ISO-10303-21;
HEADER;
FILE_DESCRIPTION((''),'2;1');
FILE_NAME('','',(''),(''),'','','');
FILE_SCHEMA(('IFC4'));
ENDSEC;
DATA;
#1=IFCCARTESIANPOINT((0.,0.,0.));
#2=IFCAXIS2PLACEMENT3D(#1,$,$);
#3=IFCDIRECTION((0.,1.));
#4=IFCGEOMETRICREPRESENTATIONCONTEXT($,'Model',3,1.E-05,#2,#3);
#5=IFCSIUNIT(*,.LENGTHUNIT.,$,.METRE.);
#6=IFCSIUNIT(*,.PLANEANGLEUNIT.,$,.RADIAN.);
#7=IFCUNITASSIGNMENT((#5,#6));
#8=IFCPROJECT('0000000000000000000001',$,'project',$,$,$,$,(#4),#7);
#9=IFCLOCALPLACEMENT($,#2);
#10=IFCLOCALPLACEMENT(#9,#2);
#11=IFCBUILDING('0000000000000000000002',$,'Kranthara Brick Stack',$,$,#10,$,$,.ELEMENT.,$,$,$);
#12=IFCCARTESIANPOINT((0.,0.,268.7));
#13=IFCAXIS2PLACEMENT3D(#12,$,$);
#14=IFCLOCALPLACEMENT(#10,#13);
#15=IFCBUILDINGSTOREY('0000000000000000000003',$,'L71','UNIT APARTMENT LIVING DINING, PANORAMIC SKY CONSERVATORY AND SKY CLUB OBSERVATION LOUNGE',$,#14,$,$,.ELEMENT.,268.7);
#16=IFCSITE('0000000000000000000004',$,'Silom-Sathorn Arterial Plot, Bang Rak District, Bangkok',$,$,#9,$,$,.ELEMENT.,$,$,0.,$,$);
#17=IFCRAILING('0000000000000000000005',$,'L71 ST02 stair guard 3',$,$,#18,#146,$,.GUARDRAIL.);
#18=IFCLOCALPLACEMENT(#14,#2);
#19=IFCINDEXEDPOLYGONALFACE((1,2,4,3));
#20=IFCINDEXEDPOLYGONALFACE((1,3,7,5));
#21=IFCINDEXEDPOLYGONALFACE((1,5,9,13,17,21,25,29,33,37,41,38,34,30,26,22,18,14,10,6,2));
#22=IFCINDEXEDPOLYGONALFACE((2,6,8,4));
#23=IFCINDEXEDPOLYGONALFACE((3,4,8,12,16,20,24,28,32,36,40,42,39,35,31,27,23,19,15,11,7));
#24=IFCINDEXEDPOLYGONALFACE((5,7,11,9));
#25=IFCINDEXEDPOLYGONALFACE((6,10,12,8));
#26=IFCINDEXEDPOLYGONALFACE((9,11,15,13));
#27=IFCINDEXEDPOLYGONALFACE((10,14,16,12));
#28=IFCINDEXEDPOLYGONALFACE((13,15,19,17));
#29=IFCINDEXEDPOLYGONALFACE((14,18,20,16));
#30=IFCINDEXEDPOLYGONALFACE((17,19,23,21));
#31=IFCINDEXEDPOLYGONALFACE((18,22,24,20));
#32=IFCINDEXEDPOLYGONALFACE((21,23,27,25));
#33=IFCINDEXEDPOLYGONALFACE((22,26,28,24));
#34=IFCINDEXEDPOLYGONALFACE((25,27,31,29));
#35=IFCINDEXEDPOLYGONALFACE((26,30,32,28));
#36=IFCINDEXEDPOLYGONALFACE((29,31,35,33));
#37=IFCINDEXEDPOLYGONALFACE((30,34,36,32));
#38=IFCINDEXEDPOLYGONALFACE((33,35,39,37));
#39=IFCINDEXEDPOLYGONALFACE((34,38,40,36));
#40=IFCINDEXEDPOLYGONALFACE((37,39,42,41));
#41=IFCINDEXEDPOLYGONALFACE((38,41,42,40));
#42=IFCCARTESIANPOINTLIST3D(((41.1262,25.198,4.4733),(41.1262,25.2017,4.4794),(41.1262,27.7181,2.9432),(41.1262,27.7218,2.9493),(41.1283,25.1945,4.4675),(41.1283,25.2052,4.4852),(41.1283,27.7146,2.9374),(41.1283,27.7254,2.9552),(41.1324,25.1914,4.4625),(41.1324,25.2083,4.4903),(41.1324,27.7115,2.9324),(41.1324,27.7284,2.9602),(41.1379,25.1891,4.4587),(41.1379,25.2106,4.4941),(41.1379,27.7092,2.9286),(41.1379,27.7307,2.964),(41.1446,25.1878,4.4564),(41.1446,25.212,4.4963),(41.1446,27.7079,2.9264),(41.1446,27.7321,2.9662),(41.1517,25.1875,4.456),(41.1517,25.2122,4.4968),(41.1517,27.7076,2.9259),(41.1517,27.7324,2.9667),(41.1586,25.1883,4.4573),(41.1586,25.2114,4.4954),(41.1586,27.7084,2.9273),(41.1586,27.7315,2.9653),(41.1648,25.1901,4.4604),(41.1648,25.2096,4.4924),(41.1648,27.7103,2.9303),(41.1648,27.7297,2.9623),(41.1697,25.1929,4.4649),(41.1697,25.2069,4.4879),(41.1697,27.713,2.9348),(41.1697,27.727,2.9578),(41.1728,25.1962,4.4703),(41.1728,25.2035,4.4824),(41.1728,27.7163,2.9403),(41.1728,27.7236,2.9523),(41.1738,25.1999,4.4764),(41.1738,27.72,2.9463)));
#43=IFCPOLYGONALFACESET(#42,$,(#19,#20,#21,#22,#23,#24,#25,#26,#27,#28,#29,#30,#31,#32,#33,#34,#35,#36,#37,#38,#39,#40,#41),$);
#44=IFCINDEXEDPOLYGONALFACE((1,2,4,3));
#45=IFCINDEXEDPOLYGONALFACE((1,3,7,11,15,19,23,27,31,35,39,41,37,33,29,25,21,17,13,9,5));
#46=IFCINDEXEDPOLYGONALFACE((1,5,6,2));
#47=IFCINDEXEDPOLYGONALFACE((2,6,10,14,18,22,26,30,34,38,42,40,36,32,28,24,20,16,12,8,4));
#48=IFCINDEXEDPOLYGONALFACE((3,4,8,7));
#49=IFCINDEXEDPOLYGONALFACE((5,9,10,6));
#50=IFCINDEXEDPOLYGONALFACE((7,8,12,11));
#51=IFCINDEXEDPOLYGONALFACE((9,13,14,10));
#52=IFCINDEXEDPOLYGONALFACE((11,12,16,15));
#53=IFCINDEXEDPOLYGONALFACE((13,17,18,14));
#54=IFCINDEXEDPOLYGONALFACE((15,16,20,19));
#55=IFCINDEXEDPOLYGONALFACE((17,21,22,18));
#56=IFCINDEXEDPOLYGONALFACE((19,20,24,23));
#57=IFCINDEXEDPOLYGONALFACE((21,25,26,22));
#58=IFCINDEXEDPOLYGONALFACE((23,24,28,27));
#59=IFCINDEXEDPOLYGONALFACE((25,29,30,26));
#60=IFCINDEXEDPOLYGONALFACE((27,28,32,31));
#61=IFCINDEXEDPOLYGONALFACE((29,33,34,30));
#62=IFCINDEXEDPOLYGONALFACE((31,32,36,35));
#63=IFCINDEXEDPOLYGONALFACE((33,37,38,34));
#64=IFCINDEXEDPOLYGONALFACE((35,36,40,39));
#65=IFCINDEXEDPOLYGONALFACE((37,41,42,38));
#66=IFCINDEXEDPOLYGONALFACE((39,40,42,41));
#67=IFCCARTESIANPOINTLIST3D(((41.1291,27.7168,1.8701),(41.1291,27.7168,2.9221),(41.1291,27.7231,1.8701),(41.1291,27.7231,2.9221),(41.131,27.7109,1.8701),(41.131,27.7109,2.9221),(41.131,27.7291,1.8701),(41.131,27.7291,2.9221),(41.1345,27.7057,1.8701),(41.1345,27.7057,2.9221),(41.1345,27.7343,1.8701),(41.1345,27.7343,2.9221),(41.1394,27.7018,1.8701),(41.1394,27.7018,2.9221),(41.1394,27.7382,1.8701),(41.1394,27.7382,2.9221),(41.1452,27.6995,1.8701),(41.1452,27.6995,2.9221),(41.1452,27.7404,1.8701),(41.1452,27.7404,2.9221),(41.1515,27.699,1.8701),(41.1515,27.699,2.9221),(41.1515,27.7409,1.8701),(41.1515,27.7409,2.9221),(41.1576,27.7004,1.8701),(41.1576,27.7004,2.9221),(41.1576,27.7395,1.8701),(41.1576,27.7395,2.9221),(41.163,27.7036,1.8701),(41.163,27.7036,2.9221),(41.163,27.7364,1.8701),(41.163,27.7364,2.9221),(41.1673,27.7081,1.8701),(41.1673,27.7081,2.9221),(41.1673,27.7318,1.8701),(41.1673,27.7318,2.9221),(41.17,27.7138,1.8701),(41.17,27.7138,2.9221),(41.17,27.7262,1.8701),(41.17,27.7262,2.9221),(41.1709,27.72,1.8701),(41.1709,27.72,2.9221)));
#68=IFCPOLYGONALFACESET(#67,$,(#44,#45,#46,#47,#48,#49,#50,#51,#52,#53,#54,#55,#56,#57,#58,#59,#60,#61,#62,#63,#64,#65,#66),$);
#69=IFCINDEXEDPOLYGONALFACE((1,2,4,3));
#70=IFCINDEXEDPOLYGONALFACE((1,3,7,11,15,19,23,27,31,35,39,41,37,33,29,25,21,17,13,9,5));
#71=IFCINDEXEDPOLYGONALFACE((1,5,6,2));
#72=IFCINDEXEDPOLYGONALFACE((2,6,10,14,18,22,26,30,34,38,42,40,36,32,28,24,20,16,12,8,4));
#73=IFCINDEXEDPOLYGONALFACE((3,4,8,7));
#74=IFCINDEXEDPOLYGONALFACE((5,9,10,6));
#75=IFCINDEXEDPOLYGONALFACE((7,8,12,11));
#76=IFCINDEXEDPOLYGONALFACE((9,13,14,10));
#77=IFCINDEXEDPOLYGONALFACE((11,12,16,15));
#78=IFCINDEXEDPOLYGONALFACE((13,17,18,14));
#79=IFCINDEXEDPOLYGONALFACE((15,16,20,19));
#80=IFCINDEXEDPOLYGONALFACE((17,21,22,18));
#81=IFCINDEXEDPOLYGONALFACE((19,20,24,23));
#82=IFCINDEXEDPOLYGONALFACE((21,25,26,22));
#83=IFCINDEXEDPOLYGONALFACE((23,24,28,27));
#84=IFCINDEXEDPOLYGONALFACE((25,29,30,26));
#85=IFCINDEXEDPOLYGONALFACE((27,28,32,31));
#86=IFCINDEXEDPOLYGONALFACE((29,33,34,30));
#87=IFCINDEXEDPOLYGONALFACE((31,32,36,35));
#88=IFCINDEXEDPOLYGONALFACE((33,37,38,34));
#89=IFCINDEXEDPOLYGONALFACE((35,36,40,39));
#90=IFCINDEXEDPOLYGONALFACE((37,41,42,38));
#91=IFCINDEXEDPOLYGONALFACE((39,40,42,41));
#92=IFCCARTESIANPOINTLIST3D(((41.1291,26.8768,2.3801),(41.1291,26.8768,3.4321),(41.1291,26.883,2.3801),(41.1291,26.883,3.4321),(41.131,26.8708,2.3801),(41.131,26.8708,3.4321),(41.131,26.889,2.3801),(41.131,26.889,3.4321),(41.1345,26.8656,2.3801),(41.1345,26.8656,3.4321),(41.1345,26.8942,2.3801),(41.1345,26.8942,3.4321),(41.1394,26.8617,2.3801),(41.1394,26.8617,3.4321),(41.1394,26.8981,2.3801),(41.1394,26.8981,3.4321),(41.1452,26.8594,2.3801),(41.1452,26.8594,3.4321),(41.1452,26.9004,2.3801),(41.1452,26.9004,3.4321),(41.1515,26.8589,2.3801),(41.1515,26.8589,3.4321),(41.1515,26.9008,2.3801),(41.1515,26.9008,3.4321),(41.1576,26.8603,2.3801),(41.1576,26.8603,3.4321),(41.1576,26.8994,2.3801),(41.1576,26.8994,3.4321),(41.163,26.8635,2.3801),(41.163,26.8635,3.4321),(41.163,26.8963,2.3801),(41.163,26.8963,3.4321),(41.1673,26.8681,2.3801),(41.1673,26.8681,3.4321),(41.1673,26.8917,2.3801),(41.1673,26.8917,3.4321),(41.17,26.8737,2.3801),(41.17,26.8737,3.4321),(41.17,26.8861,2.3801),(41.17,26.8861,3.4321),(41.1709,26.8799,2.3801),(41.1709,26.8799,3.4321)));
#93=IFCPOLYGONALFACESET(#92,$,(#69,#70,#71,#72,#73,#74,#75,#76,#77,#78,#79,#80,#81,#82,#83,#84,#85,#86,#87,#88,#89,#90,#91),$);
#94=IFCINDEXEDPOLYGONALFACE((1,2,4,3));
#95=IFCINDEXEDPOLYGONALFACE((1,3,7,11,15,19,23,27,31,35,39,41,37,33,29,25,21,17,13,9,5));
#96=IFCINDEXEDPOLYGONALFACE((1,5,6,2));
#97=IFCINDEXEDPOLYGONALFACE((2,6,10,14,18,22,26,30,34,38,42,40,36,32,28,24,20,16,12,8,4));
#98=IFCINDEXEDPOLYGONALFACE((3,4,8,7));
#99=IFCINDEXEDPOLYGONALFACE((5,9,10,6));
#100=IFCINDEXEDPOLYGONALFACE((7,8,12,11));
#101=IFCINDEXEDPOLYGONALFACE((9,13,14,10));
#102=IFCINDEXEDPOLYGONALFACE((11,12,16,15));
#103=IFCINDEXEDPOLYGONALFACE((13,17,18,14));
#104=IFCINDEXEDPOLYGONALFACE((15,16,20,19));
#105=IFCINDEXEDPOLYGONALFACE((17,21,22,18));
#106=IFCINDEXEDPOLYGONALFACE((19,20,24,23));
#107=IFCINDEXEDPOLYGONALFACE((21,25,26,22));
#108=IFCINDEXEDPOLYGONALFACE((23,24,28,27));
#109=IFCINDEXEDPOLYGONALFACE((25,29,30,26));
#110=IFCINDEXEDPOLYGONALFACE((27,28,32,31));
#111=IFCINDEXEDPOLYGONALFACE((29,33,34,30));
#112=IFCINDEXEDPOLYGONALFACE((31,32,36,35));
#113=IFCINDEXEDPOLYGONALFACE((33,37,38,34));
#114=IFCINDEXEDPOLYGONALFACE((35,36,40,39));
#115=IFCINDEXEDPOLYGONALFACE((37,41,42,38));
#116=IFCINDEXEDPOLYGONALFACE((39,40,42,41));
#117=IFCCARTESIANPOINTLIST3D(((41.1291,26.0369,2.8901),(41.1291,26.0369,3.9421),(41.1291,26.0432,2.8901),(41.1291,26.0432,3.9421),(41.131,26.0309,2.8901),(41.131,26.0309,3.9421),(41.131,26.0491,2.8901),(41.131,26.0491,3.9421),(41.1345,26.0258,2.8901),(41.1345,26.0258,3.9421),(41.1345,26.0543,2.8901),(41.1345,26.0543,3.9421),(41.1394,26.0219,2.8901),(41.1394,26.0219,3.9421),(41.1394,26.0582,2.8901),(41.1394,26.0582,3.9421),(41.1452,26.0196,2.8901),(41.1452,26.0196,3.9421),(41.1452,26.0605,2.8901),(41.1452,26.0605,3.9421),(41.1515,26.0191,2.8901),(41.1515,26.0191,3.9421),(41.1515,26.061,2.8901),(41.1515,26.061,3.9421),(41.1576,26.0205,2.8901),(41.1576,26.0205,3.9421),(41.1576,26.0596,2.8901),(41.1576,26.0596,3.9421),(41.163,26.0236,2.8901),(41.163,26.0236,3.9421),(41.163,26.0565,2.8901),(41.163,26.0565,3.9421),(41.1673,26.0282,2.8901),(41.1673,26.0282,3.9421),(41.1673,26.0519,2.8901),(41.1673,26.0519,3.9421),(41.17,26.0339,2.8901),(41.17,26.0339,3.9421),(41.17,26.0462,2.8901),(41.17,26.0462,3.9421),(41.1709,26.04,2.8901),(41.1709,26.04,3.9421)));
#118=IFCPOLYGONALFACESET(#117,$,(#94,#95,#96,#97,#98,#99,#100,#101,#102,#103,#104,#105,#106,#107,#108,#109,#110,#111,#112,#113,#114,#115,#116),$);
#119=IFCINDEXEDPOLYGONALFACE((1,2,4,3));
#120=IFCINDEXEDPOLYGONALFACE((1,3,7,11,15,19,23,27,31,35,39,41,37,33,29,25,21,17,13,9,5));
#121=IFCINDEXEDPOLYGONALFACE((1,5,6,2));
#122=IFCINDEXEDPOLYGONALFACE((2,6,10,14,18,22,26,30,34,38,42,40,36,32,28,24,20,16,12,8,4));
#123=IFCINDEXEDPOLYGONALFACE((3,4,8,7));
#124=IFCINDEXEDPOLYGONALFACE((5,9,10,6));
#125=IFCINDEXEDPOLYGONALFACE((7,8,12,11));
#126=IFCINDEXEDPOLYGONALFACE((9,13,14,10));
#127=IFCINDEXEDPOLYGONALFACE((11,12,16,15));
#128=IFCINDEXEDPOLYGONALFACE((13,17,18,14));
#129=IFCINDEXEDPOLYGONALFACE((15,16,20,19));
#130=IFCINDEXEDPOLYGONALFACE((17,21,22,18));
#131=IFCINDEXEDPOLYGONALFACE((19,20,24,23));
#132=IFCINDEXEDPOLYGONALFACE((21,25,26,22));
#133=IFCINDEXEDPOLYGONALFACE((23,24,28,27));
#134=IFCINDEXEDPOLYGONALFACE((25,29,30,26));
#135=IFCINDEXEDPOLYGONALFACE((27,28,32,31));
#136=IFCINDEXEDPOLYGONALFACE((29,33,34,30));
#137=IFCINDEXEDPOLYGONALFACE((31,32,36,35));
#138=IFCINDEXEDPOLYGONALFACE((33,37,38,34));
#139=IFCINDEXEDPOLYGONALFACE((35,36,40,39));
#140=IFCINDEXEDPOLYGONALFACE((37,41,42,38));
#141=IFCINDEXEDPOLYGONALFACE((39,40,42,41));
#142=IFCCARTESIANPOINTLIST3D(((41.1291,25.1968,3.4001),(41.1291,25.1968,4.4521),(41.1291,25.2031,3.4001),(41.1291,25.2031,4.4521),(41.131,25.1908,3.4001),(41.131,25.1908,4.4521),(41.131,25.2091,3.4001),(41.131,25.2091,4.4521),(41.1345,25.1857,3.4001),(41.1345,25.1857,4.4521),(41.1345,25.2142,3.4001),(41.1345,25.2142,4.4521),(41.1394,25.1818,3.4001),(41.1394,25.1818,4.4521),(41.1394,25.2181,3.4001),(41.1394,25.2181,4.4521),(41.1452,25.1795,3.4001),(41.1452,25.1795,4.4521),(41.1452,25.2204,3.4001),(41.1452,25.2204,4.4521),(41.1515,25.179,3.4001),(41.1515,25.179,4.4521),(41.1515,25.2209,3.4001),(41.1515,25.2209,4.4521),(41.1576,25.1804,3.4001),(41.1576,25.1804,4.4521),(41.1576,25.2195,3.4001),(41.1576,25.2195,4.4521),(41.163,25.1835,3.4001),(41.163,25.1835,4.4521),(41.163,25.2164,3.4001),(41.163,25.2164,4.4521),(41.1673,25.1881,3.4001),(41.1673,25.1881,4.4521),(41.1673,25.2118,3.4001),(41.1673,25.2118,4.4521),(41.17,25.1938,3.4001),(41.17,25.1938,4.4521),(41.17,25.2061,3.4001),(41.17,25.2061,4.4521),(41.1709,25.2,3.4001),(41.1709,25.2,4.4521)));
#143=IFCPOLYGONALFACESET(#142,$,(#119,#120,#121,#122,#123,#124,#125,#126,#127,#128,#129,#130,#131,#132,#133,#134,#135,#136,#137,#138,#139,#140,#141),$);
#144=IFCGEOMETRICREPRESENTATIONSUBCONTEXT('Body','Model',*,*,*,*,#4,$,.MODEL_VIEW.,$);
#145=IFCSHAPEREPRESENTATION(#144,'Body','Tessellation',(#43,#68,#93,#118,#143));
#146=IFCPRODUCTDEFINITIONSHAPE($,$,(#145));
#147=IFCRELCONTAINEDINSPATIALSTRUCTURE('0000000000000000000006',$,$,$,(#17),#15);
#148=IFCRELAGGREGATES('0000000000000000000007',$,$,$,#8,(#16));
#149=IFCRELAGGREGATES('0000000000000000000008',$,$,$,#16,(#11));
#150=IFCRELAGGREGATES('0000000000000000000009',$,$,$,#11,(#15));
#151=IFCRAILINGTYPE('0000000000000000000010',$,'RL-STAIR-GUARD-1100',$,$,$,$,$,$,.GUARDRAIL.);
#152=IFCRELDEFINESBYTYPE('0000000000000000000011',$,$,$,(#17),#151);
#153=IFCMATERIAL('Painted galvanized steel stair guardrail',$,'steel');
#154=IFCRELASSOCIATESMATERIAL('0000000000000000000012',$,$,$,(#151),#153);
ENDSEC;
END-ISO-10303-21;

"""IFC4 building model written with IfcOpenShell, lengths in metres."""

from ifc_helpers import new_model, si_unit, direction, frame, origin, origin_2d, place, context, subcontext, project, spatial, circle, extrude, material, type_object, element, save


model = new_model("IFC4")

# Units and contexts
model_context = context("Model", 3, precision=1e-05, world=origin(), true_north=direction((0.0, 1.0)))
body_context = subcontext(model_context, "Body", "Model", "MODEL_VIEW")
ifc_project = project(units=[si_unit("LENGTHUNIT", "METRE"), si_unit("PLANEANGLEUNIT", "RADIAN")], contexts=[model_context])

# Site, building, storey
site_placement = place(None, origin())
site = spatial("IfcSite", under=ifc_project, at=site_placement, Name="Silom-Sathorn Arterial Plot, Bang Rak District, Bangkok", CompositionType="ELEMENT", RefElevation=0.0)
building_placement = place(site_placement, origin())
building = spatial("IfcBuilding", under=site, at=building_placement, Name="Kranthara Brick Stack", CompositionType="ELEMENT")
storey_placement = place(building_placement, frame((0.0, 0.0, 268.7)))
storey = spatial("IfcBuildingStorey", under=building, at=storey_placement, Name="L71", Description="UNIT APARTMENT LIVING DINING, PANORAMIC SKY CONSERVATORY AND SKY CLUB OBSERVATION LOUNGE", CompositionType="ELEMENT", Elevation=268.7)

# Railing
ifc_material_1 = material(Name="Painted galvanized steel stair guardrail", Category="steel")
railing_type_1 = type_object("IfcRailingType", Name="RL-STAIR-GUARD-1100", PredefinedType="GUARDRAIL", material=ifc_material_1)
railing_1_placement = place(storey_placement, frame((41.1499, 27.72, 1.8701)))
element("IfcRailing", 1, at=railing_1_placement, inside=storey, type_object=railing_type_1, Name="L71 ST02 stair guard 3", PredefinedType="GUARDRAIL", context=body_context, shape_type="SweptSolid", body=[
    extrude(circle(Radius=0.0239, at=origin_2d()), frame((0.0, 0.0, 1.0762), z_axis=(0.0, -0.854785, 0.518982), x_axis=(1.0, 0.0, 0.0)), (0.0, 0.0, 1.0), 2.9482),
    extrude(circle(Radius=0.021, at=origin_2d()), origin(), (0.0, 0.0, 1.0), 1.052),
    extrude(circle(Radius=0.021, at=origin_2d()), frame((0.0, -0.8401, 0.51)), (0.0, 0.0, 1.0), 1.052),
    extrude(circle(Radius=0.021, at=origin_2d()), frame((0.0, -1.6799, 1.02)), (0.0, 0.0, 1.0), 1.052),
    extrude(circle(Radius=0.021, at=origin_2d()), frame((0.0, -2.52, 1.53)), (0.0, 0.0, 1.0), 1.052),
])

save(model, "model.ifc")
